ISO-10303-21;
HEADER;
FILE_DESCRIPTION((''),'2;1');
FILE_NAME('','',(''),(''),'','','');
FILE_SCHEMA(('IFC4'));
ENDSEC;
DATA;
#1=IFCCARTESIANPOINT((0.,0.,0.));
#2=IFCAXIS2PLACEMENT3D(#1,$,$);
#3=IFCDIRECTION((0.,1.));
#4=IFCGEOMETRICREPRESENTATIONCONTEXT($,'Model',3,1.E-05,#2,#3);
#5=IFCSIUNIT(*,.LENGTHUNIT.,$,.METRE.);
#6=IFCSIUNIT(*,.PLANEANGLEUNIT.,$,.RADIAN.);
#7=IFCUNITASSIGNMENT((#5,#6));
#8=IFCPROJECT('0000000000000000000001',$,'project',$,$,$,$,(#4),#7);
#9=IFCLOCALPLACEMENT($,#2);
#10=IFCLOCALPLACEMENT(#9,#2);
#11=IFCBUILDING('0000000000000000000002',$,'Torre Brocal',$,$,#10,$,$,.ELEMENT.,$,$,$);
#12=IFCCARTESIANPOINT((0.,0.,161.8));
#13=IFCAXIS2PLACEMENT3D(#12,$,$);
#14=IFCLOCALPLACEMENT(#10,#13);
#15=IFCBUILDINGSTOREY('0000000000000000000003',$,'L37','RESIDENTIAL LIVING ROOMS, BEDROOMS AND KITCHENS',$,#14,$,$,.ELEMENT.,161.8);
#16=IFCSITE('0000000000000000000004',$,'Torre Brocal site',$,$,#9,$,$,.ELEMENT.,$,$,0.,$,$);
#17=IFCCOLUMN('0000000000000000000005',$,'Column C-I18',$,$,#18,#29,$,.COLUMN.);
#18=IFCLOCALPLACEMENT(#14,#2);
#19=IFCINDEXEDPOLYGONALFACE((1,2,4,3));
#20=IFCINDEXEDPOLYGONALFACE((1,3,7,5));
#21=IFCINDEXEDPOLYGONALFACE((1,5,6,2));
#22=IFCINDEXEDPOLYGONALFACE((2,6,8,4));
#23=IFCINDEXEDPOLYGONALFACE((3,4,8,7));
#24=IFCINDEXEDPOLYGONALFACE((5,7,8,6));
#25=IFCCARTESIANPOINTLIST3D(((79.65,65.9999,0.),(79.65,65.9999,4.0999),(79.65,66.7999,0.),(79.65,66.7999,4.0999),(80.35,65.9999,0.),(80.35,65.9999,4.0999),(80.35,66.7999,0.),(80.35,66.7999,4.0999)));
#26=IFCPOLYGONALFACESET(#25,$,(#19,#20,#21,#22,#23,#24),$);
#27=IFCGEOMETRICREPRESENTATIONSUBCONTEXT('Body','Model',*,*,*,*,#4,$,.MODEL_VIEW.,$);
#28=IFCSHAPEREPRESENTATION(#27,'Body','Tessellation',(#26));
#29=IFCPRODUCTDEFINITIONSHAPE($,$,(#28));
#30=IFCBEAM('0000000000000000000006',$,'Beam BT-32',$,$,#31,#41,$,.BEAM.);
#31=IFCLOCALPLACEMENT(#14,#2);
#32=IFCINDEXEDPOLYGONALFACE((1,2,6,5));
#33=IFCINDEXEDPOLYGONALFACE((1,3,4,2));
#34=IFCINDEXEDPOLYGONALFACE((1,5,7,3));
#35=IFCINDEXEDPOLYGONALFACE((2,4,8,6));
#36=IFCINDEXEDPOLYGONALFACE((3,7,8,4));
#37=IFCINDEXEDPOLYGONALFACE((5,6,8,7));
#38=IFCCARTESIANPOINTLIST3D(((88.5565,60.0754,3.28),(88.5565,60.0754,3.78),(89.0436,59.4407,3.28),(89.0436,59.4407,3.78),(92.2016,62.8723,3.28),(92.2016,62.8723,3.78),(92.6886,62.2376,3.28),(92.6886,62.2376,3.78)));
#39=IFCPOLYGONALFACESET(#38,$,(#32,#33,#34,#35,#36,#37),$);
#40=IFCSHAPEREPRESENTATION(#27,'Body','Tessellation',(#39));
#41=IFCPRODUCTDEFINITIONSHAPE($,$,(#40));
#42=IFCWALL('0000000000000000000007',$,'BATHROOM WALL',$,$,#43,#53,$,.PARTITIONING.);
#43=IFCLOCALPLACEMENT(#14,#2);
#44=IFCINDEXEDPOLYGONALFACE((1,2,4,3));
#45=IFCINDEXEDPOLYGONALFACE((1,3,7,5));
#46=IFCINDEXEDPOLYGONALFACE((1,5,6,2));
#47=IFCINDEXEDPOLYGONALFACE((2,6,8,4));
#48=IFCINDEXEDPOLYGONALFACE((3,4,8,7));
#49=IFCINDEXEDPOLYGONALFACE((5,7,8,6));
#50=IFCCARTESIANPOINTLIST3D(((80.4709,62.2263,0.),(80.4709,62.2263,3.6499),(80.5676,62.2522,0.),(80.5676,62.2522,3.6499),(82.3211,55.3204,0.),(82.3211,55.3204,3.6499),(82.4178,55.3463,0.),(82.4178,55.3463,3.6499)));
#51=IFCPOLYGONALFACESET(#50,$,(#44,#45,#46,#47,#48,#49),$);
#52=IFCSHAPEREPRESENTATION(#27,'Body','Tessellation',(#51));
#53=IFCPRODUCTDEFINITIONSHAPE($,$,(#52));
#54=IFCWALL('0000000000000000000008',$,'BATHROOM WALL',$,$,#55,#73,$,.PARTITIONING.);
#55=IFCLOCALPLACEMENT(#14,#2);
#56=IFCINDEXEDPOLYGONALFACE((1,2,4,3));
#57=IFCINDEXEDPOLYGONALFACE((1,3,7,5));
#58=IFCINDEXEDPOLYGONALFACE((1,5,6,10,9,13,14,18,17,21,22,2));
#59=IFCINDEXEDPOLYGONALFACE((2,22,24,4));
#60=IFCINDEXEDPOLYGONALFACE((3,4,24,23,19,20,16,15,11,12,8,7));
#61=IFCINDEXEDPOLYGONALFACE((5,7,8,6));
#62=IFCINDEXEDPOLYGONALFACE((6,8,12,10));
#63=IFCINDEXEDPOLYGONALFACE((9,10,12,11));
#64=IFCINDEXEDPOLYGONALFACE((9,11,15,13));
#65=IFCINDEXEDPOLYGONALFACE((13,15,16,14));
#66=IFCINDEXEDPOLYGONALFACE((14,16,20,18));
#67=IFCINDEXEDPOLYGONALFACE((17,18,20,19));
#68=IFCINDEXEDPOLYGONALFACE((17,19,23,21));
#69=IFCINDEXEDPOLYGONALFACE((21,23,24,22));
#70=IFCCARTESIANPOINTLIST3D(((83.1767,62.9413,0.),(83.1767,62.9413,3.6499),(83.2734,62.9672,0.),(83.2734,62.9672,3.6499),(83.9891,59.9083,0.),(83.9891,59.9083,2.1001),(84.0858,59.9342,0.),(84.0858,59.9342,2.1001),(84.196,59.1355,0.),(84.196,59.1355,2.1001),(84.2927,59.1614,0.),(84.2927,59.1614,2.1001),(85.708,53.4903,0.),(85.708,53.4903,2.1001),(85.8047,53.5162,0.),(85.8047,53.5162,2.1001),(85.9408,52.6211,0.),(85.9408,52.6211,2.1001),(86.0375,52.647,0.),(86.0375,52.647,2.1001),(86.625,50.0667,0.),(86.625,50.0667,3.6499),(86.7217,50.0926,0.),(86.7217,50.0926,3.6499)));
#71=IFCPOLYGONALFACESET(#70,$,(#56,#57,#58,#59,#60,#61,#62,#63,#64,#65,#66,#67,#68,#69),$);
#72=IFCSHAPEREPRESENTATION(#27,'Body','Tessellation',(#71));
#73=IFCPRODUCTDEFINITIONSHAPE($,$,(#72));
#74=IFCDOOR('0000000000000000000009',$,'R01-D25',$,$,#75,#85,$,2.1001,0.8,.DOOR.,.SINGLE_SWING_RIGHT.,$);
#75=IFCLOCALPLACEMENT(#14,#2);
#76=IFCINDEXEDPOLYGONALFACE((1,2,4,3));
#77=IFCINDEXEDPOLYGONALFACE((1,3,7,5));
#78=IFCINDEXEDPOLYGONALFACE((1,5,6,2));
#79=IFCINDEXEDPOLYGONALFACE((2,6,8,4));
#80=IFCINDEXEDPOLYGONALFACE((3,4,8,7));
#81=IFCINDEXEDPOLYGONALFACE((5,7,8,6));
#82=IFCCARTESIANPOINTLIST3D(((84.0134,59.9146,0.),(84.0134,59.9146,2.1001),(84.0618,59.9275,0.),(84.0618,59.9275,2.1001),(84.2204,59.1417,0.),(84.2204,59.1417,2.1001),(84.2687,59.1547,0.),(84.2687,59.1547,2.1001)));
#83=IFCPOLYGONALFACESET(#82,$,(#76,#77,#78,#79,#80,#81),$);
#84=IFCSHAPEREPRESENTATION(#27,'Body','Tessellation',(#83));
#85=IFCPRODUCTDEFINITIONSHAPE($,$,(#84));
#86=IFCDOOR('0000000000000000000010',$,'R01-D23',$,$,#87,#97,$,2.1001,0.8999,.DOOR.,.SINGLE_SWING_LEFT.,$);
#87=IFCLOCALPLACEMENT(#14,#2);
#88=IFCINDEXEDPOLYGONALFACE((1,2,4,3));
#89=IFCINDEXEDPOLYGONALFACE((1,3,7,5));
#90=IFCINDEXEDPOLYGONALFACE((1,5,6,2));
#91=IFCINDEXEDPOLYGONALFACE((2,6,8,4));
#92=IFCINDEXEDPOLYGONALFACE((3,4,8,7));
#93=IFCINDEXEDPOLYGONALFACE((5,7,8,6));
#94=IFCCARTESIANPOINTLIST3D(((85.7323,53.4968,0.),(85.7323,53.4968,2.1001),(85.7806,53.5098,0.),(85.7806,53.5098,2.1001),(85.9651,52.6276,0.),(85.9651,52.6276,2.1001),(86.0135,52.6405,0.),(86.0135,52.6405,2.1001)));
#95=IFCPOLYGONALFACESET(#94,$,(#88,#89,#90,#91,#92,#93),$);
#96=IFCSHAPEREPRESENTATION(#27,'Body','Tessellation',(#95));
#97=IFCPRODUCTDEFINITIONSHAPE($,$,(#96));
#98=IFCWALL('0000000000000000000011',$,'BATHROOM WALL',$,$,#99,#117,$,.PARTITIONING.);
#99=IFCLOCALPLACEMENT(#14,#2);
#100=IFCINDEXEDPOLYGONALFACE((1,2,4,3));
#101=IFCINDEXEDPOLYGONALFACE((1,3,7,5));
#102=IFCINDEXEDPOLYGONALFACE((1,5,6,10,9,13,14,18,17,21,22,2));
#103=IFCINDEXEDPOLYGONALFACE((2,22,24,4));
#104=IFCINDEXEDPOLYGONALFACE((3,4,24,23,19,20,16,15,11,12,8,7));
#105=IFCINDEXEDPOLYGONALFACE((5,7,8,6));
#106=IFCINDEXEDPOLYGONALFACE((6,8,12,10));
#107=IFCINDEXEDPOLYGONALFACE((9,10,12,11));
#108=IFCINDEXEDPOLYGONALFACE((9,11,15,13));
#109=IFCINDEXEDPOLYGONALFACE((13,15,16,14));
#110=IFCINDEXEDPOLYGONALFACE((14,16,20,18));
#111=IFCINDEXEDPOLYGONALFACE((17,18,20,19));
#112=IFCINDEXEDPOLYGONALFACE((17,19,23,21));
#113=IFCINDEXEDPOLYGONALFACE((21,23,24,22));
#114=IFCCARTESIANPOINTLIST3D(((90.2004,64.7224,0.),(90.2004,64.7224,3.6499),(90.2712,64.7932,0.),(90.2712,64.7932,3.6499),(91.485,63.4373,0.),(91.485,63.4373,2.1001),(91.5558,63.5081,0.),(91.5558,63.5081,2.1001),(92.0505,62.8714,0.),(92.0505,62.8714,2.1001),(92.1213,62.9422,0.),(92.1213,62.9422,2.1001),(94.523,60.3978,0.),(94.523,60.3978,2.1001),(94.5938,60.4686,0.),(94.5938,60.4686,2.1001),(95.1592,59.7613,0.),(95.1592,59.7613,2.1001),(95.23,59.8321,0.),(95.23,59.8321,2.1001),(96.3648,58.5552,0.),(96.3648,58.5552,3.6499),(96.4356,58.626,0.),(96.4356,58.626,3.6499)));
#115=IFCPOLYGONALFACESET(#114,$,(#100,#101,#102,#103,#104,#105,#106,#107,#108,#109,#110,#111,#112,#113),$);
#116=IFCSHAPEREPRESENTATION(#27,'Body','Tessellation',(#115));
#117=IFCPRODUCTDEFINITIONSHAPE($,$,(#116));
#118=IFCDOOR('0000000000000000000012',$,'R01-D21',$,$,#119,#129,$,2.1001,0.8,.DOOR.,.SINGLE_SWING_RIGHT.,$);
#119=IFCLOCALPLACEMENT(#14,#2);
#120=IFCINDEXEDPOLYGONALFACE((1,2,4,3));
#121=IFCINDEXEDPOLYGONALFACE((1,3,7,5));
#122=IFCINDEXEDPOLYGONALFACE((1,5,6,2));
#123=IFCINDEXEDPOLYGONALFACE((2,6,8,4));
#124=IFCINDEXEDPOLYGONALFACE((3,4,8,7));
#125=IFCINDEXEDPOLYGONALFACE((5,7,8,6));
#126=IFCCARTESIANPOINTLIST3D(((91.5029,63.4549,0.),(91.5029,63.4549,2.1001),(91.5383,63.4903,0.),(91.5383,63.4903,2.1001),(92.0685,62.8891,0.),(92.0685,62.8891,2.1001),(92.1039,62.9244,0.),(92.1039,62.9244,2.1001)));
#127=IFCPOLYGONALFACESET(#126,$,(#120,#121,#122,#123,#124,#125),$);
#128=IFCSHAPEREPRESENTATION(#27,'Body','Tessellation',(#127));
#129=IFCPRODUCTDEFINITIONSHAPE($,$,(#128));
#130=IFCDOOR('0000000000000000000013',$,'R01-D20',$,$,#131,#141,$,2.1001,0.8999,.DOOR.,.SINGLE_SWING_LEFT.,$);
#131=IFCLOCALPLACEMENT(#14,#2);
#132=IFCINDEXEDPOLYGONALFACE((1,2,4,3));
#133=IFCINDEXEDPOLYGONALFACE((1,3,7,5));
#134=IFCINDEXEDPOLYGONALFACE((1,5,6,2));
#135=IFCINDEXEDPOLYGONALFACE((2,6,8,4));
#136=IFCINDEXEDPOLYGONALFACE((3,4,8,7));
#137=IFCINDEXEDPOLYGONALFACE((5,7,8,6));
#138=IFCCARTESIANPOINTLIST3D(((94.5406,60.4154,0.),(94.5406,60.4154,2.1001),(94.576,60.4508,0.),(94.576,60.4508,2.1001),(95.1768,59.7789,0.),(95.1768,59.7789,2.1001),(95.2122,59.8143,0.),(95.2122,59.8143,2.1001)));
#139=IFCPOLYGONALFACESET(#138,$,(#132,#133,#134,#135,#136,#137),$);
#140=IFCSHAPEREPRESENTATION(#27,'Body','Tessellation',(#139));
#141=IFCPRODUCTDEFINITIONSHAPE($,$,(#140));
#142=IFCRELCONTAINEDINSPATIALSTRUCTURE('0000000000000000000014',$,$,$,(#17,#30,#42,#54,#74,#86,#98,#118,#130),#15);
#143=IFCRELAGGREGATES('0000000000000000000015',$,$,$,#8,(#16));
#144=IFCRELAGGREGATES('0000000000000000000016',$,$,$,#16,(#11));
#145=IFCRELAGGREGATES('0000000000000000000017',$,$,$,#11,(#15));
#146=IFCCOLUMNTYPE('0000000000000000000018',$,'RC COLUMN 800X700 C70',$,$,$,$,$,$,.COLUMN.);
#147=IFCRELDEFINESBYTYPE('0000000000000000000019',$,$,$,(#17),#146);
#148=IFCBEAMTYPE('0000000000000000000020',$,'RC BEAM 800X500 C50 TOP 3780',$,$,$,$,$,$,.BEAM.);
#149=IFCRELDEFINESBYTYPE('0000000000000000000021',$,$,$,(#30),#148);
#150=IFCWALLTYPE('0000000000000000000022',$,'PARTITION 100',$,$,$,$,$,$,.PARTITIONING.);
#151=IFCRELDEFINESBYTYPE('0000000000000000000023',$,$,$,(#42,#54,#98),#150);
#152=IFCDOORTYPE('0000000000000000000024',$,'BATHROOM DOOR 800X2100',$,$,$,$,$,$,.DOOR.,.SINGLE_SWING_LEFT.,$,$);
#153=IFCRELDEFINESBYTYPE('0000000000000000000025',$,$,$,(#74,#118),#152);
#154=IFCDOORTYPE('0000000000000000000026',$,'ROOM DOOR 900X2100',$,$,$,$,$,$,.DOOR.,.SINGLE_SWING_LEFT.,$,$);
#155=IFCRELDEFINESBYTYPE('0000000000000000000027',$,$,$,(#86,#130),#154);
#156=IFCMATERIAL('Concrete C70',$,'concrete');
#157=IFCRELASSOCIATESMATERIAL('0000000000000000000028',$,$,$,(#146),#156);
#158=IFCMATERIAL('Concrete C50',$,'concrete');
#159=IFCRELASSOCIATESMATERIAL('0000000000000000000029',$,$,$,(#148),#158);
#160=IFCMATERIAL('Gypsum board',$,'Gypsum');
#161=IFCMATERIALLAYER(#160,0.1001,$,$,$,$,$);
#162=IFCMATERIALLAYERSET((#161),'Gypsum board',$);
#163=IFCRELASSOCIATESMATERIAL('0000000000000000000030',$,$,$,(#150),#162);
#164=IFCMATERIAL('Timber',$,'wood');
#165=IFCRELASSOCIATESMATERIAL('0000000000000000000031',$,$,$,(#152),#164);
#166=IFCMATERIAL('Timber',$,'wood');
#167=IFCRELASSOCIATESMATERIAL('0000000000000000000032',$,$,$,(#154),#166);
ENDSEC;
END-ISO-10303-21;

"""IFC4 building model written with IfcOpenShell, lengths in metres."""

from ifc_helpers import new_model, si_unit, direction, frame, frame_2d, origin, origin_2d, place, context, subcontext, project, spatial, rectangle, extrude, material, layer, layer_set, material_profile, profile_set, type_object, element, fill, save


model = new_model("IFC4")

# Units and contexts
model_context = context("Model", 3, precision=1e-05, world=origin(), true_north=direction((0.0, 1.0)))
body_context = subcontext(model_context, "Body", "Model", "MODEL_VIEW")
ifc_project = project(units=[si_unit("LENGTHUNIT", "METRE"), si_unit("PLANEANGLEUNIT", "RADIAN")], contexts=[model_context])

# Site, building, storey
site_placement = place(None, origin())
site = spatial("IfcSite", under=ifc_project, at=site_placement, Name="Torre Brocal site", CompositionType="ELEMENT", RefElevation=0.0)
building_placement = place(site_placement, origin())
building = spatial("IfcBuilding", under=site, at=building_placement, Name="Torre Brocal", CompositionType="ELEMENT")
storey_placement = place(building_placement, frame((0.0, 0.0, 161.8)))
storey = spatial("IfcBuildingStorey", under=building, at=storey_placement, Name="L37", Description="RESIDENTIAL LIVING ROOMS, BEDROOMS AND KITCHENS", CompositionType="ELEMENT", Elevation=161.8)

# Column
ifc_material_1 = material(Name="Concrete C70", Category="concrete")
ifc_material_profile_1 = material_profile(ifc_material_1, rectangle(XDim=0.8, YDim=0.7, at=origin_2d()), Name="RC 800X700")
ifc_profile_set_1 = profile_set([ifc_material_profile_1], Name="Concrete C70")
column_type = type_object("IfcColumnType", Name="RC COLUMN 800X700 C70", PredefinedType="COLUMN", material=ifc_profile_set_1)
column_placement = place(storey_placement, frame((80.0, 66.3999, 0.0), z_axis=(0.0, 0.0, 1.0), x_axis=(0.0, -1.0, 0.0)))
element("IfcColumn", 1, at=column_placement, inside=storey, type_object=column_type, Name="Column C-I18", PredefinedType="COLUMN", context=body_context, shape_type="SweptSolid", body=[
    extrude(rectangle(XDim=0.8, YDim=0.7, at=origin_2d()), origin(), (0.0, 0.0, 1.0), 4.0999),
])

# Beam
ifc_material_2 = material(Name="Concrete C50", Category="concrete")
ifc_material_profile_2 = material_profile(ifc_material_2, rectangle(XDim=0.8, YDim=0.5, at=origin_2d()), Name="RC 800X500")
ifc_profile_set_2 = profile_set([ifc_material_profile_2], Name="Concrete C50")
beam_type = type_object("IfcBeamType", Name="RC BEAM 800X500 C50 TOP 3780", PredefinedType="BEAM", material=ifc_profile_set_2)
beam_placement = place(storey_placement, frame((88.8, 59.7581, 3.53), z_axis=(0.793358, 0.608755, 0.0), x_axis=(-0.608755, 0.793358, 0.0)))
element("IfcBeam", 2, at=beam_placement, inside=storey, type_object=beam_type, Name="Beam BT-32", PredefinedType="BEAM", context=body_context, shape_type="SweptSolid", body=[
    extrude(rectangle(XDim=0.8, YDim=0.5, at=origin_2d()), origin(), (0.0, 0.0, 1.0), 4.5945),
])

# Wall
ifc_material_3 = material(Name="Gypsum board", Category="Gypsum")
ifc_layer_1 = layer(ifc_material_3, 0.1001)
ifc_layer_set_1 = layer_set([ifc_layer_1], Name="Gypsum board")
wall_type_1 = type_object("IfcWallType", Name="PARTITION 100", PredefinedType="PARTITIONING", material=ifc_layer_set_1)
wall_1_placement = place(storey_placement, frame((80.5193, 62.2393, 0.0), z_axis=(0.0, 0.0, 1.0), x_axis=(0.25878, -0.965936, 0.0)))
element("IfcWall", 3, at=wall_1_placement, inside=storey, type_object=wall_type_1, Name="BATHROOM WALL", PredefinedType="PARTITIONING", context=body_context, shape_type="SweptSolid", body=[
    extrude(rectangle(XDim=7.1494, YDim=0.1001, at=frame_2d((3.5747, 0.0))), origin(), (0.0, 0.0, 1.0), 3.6499),
])

# Walls, openings, doors
wall_2_placement = place(storey_placement, frame((83.2251, 62.9541, 0.0), z_axis=(0.0, 0.0, 1.0), x_axis=(0.258716, -0.965953, 0.0)))
wall_2 = element("IfcWall", 4, at=wall_2_placement, inside=storey, type_object=wall_type_1, Name="BATHROOM WALL", PredefinedType="PARTITIONING", context=body_context, shape_type="SweptSolid", body=[
    extrude(rectangle(XDim=13.3284, YDim=0.1001, at=frame_2d((6.6641, 0.0))), origin(), (0.0, 0.0, 1.0), 3.6499),
])
opening_1_placement = place(wall_2_placement, frame((9.7839, 0.0, 0.0)))
opening_1 = element("IfcOpeningElement", 5, at=opening_1_placement, cuts=wall_2, PredefinedType="OPENING", context=body_context, shape_type="SweptSolid", body=[
    extrude(rectangle(XDim=0.8999, YDim=2.1001, at=frame_2d((0.45, 1.05))), frame((0.0, 0.0601, 0.0), z_axis=(0.0, -1.0, 0.0), x_axis=(1.0, 0.0, 0.0)), (0.0, 0.0, 1.0), 0.1201),
])
opening_2_placement = place(wall_2_placement, frame((3.1399, 0.0, 0.0)))
opening_2 = element("IfcOpeningElement", 6, at=opening_2_placement, cuts=wall_2, PredefinedType="OPENING", context=body_context, shape_type="SweptSolid", body=[
    extrude(rectangle(XDim=0.8, YDim=2.1001, at=frame_2d((0.3999, 1.05))), frame((0.0, 0.0601, 0.0), z_axis=(0.0, -1.0, 0.0), x_axis=(1.0, 0.0, 0.0)), (0.0, 0.0, 1.0), 0.1201),
])
ifc_material_4 = material(Name="Timber", Category="wood")
door_type_1 = type_object("IfcDoorType", Name="BATHROOM DOOR 800X2100", OperationType="SINGLE_SWING_LEFT", PredefinedType="DOOR", material=ifc_material_4)
door_1_placement = place(opening_2_placement, frame((0.8, 0.0, 0.0), z_axis=(0.0, 0.0, 1.0), x_axis=(-1.0, 0.0, 0.0)))
door_1 = element("IfcDoor", 7, at=door_1_placement, inside=storey, type_object=door_type_1, Name="R01-D25", OperationType="SINGLE_SWING_RIGHT", OverallHeight=2.1001, OverallWidth=0.8, PredefinedType="DOOR", context=body_context, shape_type="SweptSolid", body=[
    extrude(rectangle(XDim=0.8, YDim=2.1001, at=frame_2d((0.3999, 1.05))), frame((0.0, 0.0249, 0.0), z_axis=(0.0, -1.0, 0.0), x_axis=(1.0, 0.0, 0.0)), (0.0, 0.0, 1.0), 0.05),
])
fill(opening_2, door_1)
ifc_material_5 = material(Name="Timber", Category="wood")
door_type_2 = type_object("IfcDoorType", Name="ROOM DOOR 900X2100", OperationType="SINGLE_SWING_LEFT", PredefinedType="DOOR", material=ifc_material_5)
door_2_placement = place(opening_1_placement, frame((0.8999, 0.0, 0.0), z_axis=(0.0, 0.0, 1.0), x_axis=(-1.0, 0.0, 0.0)))
door_2 = element("IfcDoor", 8, at=door_2_placement, inside=storey, type_object=door_type_2, Name="R01-D23", OperationType="SINGLE_SWING_LEFT", OverallHeight=2.1001, OverallWidth=0.8999, PredefinedType="DOOR", context=body_context, shape_type="SweptSolid", body=[
    extrude(rectangle(XDim=0.8999, YDim=2.1001, at=frame_2d((0.45, 1.05))), frame((0.0, 0.0249, 0.0), z_axis=(0.0, -1.0, 0.0), x_axis=(1.0, 0.0, 0.0)), (0.0, 0.0, 1.0), 0.05),
])
fill(opening_1, door_2)
wall_3_placement = place(storey_placement, frame((90.2358, 64.7578, 0.0), z_axis=(0.0, 0.0, 1.0), x_axis=(0.706939, -0.707275, 0.0)))
wall_3 = element("IfcWall", 9, at=wall_3_placement, inside=storey, type_object=wall_type_1, Name="BATHROOM WALL", PredefinedType="PARTITIONING", context=body_context, shape_type="SweptSolid", body=[
    extrude(rectangle(XDim=8.7197, YDim=0.1001, at=frame_2d((4.3599, 0.0))), origin(), (0.0, 0.0, 1.0), 3.6499),
])
opening_3_placement = place(wall_3_placement, frame((6.1145, 0.0, 0.0)))
opening_3 = element("IfcOpeningElement", 10, at=opening_3_placement, cuts=wall_3, PredefinedType="OPENING", context=body_context, shape_type="SweptSolid", body=[
    extrude(rectangle(XDim=0.8999, YDim=2.1001, at=frame_2d((0.45, 1.05))), frame((0.0, 0.0601, 0.0), z_axis=(0.0, -1.0, 0.0), x_axis=(1.0, 0.0, 0.0)), (0.0, 0.0, 1.0), 0.1201),
])
opening_4_placement = place(wall_3_placement, frame((1.8171, 0.0, 0.0)))
opening_4 = element("IfcOpeningElement", 11, at=opening_4_placement, cuts=wall_3, PredefinedType="OPENING", context=body_context, shape_type="SweptSolid", body=[
    extrude(rectangle(XDim=0.8, YDim=2.1001, at=frame_2d((0.3999, 1.05))), frame((0.0, 0.0601, 0.0), z_axis=(0.0, -1.0, 0.0), x_axis=(1.0, 0.0, 0.0)), (0.0, 0.0, 1.0), 0.1201),
])
door_3_placement = place(opening_4_placement, frame((0.8, 0.0, 0.0), z_axis=(0.0, 0.0, 1.0), x_axis=(-1.0, 0.0, 0.0)))
door_3 = element("IfcDoor", 12, at=door_3_placement, inside=storey, type_object=door_type_1, Name="R01-D21", OperationType="SINGLE_SWING_RIGHT", OverallHeight=2.1001, OverallWidth=0.8, PredefinedType="DOOR", context=body_context, shape_type="SweptSolid", body=[
    extrude(rectangle(XDim=0.8, YDim=2.1001, at=frame_2d((0.3999, 1.05))), frame((0.0, 0.0249, 0.0), z_axis=(0.0, -1.0, 0.0), x_axis=(1.0, 0.0, 0.0)), (0.0, 0.0, 1.0), 0.05),
])
fill(opening_4, door_3)
door_4_placement = place(opening_3_placement, origin())
door_4 = element("IfcDoor", 13, at=door_4_placement, inside=storey, type_object=door_type_2, Name="R01-D20", OperationType="SINGLE_SWING_LEFT", OverallHeight=2.1001, OverallWidth=0.8999, PredefinedType="DOOR", context=body_context, shape_type="SweptSolid", body=[
    extrude(rectangle(XDim=0.8999, YDim=2.1001, at=frame_2d((0.45, 1.05))), frame((0.0, 0.0249, 0.0), z_axis=(0.0, -1.0, 0.0), x_axis=(1.0, 0.0, 0.0)), (0.0, 0.0, 1.0), 0.05),
])
fill(opening_3, door_4)

save(model, "model.ifc")
